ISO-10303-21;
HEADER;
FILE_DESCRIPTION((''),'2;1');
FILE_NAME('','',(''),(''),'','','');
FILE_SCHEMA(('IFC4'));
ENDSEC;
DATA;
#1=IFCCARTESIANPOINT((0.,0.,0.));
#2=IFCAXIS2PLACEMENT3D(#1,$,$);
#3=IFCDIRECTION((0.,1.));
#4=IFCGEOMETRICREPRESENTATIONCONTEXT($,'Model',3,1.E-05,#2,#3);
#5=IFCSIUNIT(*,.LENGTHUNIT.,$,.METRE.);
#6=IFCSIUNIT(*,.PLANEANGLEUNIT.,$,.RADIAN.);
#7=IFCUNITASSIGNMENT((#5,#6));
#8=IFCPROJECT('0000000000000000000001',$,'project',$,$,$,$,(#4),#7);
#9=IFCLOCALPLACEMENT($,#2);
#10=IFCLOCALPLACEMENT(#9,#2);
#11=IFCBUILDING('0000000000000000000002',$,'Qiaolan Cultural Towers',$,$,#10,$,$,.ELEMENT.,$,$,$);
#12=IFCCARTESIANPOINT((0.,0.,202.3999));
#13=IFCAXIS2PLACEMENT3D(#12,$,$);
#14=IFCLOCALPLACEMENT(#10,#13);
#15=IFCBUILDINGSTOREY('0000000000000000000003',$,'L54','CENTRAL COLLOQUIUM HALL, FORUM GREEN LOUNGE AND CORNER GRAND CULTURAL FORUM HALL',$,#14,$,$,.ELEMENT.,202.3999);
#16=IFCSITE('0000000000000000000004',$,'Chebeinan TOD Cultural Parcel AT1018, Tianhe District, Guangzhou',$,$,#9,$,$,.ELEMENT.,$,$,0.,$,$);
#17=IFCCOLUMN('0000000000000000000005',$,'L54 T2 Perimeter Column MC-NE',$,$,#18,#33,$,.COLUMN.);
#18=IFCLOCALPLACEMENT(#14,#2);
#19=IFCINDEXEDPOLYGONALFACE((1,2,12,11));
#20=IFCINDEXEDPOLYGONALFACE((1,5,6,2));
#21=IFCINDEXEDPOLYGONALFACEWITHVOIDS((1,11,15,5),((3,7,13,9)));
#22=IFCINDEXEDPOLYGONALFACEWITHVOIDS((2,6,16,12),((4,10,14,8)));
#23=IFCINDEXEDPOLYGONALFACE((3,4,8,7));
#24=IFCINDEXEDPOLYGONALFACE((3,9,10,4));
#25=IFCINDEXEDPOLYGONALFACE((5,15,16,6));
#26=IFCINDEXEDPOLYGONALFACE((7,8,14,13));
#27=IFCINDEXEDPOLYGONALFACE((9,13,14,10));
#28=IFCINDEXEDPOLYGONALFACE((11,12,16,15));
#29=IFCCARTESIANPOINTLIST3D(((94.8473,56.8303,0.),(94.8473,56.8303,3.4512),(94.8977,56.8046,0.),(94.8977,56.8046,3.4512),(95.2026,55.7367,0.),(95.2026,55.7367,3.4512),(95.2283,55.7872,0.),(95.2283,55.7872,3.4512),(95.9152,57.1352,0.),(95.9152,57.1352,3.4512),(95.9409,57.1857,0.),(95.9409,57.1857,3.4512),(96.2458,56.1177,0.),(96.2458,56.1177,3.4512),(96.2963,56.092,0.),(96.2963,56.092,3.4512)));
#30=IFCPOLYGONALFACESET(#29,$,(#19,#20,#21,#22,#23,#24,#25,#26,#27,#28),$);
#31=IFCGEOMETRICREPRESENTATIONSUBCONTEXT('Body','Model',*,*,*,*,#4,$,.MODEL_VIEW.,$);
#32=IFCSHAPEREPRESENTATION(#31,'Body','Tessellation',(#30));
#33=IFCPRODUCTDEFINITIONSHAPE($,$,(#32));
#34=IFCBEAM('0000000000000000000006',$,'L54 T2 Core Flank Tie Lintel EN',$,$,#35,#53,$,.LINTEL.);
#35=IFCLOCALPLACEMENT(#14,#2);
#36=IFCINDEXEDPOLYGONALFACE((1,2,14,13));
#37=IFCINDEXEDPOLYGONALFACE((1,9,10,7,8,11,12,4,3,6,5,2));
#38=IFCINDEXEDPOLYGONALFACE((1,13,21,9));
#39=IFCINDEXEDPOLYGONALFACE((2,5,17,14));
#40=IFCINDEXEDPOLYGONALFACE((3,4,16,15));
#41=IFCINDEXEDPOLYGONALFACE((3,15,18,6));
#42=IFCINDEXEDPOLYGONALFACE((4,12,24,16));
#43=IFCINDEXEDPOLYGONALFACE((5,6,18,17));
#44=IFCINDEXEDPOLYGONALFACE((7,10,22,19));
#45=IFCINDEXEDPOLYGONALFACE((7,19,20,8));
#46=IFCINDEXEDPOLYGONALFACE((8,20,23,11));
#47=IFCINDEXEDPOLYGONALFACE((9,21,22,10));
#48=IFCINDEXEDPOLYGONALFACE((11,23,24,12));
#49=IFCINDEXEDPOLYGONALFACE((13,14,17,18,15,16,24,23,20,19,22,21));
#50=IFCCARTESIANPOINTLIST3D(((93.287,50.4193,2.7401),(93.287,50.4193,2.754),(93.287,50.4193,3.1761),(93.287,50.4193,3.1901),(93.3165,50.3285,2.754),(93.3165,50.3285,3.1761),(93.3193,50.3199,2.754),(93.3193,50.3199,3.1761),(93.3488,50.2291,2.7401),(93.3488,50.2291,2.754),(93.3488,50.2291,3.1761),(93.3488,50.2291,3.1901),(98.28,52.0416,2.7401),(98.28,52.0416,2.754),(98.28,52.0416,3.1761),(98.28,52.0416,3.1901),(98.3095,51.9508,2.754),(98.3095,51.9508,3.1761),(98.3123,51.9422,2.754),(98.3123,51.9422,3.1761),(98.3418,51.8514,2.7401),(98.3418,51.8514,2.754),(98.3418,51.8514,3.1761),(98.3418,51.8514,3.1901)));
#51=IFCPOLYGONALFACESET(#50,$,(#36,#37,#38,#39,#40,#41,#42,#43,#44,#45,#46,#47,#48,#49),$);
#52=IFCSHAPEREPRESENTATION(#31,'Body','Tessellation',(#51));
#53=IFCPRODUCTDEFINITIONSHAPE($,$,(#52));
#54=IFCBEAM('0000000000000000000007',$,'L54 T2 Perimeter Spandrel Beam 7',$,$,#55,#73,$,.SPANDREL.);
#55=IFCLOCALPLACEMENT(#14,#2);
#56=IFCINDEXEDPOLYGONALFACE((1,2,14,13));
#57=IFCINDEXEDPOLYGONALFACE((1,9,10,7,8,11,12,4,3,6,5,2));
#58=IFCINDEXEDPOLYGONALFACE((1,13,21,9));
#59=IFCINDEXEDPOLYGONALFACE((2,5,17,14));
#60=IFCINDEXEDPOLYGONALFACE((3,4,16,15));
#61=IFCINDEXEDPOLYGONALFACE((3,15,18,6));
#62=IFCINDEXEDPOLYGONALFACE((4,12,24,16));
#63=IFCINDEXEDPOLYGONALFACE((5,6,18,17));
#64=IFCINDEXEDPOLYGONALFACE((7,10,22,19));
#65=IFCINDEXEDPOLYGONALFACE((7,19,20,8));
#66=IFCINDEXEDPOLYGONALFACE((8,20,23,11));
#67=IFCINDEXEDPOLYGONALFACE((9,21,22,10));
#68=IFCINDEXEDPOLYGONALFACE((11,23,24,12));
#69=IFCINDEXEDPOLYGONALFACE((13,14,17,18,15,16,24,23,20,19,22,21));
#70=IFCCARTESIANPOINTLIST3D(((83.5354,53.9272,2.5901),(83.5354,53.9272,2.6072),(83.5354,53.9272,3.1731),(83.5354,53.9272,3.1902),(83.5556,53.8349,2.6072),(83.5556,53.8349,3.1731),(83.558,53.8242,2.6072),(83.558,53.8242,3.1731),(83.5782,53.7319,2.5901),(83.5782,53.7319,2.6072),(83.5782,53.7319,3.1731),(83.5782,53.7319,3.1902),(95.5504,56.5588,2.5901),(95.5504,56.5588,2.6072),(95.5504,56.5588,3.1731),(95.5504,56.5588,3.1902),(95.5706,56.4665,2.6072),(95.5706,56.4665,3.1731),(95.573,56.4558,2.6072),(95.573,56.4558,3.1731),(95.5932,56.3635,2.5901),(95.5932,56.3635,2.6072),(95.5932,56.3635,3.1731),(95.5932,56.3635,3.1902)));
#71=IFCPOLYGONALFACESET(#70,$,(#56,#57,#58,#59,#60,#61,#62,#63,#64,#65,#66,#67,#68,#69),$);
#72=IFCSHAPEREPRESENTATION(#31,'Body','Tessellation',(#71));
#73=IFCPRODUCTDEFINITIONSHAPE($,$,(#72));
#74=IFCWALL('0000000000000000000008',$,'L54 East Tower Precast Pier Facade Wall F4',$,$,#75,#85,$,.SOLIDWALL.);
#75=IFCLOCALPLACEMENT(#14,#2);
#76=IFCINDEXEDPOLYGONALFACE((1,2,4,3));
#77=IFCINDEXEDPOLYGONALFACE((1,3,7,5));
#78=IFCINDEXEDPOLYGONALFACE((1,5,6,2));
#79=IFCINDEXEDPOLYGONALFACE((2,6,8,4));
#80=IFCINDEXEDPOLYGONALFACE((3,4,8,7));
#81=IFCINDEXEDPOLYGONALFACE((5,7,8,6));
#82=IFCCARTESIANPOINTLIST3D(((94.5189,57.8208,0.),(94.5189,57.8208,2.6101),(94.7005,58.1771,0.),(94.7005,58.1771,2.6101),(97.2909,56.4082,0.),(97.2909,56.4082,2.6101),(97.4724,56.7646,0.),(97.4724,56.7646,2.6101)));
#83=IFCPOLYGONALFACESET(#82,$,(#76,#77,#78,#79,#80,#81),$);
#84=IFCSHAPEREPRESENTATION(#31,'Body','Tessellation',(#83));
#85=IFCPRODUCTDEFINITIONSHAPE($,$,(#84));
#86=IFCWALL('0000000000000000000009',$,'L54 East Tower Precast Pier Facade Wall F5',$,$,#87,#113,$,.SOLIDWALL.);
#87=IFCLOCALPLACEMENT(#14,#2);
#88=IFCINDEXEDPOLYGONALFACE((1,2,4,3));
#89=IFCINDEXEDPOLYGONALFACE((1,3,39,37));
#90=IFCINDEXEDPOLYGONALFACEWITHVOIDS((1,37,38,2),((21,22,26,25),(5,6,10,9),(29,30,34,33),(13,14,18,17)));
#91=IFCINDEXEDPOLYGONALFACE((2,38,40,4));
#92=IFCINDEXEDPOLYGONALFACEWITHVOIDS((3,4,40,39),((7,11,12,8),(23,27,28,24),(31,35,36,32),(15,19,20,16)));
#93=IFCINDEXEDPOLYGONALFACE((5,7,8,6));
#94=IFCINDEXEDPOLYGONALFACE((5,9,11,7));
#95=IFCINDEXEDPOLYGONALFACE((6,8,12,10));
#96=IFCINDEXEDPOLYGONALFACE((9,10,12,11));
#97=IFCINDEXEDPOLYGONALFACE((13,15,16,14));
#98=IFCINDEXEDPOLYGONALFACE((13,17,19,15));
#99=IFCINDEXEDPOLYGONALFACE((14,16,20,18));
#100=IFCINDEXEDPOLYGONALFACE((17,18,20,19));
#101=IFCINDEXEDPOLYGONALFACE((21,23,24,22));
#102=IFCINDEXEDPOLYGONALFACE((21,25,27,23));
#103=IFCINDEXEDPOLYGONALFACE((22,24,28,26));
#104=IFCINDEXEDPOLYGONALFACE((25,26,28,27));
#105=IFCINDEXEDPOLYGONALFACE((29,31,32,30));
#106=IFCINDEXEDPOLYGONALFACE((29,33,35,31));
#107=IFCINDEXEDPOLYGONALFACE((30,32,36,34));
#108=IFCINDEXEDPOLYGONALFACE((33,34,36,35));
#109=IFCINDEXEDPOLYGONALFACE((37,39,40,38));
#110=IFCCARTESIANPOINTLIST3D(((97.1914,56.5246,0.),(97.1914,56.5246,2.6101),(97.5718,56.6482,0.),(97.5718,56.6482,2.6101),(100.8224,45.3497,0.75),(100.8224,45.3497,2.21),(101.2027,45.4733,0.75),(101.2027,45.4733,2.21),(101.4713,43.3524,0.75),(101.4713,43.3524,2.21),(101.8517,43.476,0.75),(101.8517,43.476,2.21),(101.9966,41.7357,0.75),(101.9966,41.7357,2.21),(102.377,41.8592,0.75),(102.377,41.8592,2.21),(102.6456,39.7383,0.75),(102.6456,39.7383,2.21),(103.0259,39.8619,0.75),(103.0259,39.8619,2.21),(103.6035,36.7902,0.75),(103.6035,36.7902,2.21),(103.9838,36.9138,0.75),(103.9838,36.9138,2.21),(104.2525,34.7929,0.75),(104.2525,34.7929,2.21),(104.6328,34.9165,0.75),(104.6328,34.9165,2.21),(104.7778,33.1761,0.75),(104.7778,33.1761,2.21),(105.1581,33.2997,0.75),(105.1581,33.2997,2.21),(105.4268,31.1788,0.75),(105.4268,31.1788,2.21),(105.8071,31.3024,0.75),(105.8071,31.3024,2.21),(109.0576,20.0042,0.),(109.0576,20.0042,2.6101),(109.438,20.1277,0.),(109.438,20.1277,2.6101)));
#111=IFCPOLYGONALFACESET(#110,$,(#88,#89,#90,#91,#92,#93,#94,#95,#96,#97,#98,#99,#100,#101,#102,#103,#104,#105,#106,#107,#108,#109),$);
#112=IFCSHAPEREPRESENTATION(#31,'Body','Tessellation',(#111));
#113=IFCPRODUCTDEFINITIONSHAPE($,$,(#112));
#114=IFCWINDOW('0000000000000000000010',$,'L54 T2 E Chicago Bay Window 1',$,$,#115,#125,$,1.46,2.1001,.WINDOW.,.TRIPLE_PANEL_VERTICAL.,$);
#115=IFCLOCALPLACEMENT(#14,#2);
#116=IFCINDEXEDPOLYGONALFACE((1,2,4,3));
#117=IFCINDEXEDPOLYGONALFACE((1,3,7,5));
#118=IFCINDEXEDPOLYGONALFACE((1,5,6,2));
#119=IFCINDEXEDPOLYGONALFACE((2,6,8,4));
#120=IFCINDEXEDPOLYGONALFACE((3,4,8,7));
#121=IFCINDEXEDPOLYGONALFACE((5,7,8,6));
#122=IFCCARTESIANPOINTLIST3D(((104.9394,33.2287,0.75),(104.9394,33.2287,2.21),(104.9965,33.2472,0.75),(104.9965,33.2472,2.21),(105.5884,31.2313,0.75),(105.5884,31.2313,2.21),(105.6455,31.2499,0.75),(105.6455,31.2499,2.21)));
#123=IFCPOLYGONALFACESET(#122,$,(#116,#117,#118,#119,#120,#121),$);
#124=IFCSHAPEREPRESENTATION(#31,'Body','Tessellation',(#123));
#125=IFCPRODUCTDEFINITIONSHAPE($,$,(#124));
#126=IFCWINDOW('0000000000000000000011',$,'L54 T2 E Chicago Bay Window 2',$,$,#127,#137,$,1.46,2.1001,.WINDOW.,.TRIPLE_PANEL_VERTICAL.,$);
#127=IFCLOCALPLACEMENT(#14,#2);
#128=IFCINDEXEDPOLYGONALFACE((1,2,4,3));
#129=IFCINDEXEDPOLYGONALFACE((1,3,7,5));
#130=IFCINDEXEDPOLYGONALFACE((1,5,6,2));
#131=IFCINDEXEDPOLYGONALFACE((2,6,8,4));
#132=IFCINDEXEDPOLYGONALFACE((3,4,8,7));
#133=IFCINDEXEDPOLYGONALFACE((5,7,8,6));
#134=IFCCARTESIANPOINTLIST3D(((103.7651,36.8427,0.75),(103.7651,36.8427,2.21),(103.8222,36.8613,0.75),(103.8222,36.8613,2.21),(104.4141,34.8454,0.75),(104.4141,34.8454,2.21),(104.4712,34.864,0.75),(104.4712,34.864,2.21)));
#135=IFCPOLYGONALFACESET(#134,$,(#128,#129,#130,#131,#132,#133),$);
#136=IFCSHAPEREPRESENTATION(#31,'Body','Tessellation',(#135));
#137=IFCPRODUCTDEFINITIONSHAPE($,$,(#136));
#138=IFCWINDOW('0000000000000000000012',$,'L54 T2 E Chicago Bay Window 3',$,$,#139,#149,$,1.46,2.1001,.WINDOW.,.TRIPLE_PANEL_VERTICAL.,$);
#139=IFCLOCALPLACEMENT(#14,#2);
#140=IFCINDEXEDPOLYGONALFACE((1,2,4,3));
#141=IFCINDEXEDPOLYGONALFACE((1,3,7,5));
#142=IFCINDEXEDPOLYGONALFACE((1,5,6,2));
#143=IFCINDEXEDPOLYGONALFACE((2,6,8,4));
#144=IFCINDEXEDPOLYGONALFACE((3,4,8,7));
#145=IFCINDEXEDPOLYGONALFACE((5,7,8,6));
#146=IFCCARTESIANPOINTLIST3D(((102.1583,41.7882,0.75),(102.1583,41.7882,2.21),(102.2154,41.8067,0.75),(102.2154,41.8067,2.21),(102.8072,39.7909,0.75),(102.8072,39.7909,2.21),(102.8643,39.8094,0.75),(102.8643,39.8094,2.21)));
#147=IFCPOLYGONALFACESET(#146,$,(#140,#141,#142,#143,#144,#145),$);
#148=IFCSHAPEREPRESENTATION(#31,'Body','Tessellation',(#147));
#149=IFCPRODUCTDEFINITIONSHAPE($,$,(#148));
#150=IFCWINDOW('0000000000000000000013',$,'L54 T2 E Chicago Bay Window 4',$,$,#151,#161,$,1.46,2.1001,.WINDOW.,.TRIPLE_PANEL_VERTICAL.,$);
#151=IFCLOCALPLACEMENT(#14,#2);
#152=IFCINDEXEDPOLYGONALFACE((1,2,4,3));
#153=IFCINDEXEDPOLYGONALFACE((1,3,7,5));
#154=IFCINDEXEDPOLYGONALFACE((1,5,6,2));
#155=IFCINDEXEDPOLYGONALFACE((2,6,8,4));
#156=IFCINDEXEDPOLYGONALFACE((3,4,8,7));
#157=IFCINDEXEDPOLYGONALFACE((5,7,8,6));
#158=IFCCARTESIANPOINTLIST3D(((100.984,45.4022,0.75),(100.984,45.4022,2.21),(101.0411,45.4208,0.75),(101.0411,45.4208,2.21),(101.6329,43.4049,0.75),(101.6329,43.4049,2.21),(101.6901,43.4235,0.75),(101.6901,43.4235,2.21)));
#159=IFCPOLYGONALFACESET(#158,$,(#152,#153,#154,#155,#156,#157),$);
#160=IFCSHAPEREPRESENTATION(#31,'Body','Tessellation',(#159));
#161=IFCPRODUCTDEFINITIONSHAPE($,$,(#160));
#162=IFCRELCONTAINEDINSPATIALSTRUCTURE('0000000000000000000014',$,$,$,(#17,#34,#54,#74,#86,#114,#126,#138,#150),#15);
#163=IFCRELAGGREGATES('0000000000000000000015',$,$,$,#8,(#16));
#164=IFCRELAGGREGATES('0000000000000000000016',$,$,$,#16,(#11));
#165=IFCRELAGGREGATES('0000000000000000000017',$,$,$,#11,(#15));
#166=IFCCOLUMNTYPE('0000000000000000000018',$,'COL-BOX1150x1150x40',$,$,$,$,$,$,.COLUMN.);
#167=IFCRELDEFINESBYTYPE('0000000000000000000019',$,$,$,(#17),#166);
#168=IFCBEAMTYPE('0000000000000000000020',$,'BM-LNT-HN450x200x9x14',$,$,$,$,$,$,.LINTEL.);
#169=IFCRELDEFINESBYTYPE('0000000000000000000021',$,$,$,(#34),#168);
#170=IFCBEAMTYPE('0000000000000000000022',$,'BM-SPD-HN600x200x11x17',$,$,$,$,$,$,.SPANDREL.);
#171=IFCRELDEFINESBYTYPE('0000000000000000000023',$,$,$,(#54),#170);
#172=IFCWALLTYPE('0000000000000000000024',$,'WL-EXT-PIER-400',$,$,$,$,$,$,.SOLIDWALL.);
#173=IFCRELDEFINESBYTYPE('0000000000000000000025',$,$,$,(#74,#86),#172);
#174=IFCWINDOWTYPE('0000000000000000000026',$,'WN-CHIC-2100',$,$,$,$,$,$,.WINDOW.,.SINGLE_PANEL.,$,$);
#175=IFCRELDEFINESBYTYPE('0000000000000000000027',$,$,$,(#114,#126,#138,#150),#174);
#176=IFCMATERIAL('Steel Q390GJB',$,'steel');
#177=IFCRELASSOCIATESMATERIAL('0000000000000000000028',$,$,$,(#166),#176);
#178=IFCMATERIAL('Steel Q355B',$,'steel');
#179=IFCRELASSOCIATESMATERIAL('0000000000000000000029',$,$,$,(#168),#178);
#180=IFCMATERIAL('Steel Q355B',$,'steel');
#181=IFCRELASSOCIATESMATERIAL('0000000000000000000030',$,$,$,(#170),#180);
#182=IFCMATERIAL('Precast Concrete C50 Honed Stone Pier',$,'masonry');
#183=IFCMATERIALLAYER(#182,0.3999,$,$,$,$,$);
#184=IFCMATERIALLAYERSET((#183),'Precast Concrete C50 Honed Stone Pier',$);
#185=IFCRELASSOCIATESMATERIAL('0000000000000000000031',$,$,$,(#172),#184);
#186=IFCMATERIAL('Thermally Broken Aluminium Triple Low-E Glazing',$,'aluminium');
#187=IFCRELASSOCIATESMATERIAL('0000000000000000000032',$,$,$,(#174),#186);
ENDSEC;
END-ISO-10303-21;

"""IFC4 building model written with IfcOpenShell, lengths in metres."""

from ifc_helpers import new_model, si_unit, direction, frame, frame_2d, origin, origin_2d, place, context, subcontext, project, spatial, rectangle, hollow_rectangle, i_section, extrude, material, layer, layer_set, material_profile, profile_set, type_object, element, fill, save


model = new_model("IFC4")

# Units and contexts
model_context = context("Model", 3, precision=1e-05, world=origin(), true_north=direction((0.0, 1.0)))
body_context = subcontext(model_context, "Body", "Model", "MODEL_VIEW")
ifc_project = project(units=[si_unit("LENGTHUNIT", "METRE"), si_unit("PLANEANGLEUNIT", "RADIAN")], contexts=[model_context])

# Site, building, storey
site_placement = place(None, origin())
site = spatial("IfcSite", under=ifc_project, at=site_placement, Name="Chebeinan TOD Cultural Parcel AT1018, Tianhe District, Guangzhou", CompositionType="ELEMENT", RefElevation=0.0)
building_placement = place(site_placement, origin())
building = spatial("IfcBuilding", under=site, at=building_placement, Name="Qiaolan Cultural Towers", CompositionType="ELEMENT")
storey_placement = place(building_placement, frame((0.0, 0.0, 202.3999)))
storey = spatial("IfcBuildingStorey", under=building, at=storey_placement, Name="L54", Description="CENTRAL COLLOQUIUM HALL, FORUM GREEN LOUNGE AND CORNER GRAND CULTURAL FORUM HALL", CompositionType="ELEMENT", Elevation=202.3999)

# Column
ifc_material_1 = material(Name="Steel Q390GJB", Category="steel")
ifc_material_profile_1 = material_profile(ifc_material_1, hollow_rectangle(XDim=1.1499, YDim=1.1499, WallThickness=0.04, at=origin_2d()), Name="BOX1150x1150x40")
ifc_profile_set_1 = profile_set([ifc_material_profile_1], Name="Steel Q390GJB")
column_type = type_object("IfcColumnType", Name="COL-BOX1150x1150x40", PredefinedType="COLUMN", material=ifc_profile_set_1)
column_placement = place(storey_placement, frame((95.5718, 56.4612, 0.0), z_axis=(0.0, 0.0, 1.0), x_axis=(0.951057, 0.309017, 0.0)))
element("IfcColumn", 1, at=column_placement, inside=storey, type_object=column_type, Name="L54 T2 Perimeter Column MC-NE", PredefinedType="COLUMN", context=body_context, shape_type="SweptSolid", body=[
    extrude(hollow_rectangle(XDim=1.1499, YDim=1.1499, WallThickness=0.04, at=origin_2d()), origin(), (0.0, 0.0, 1.0), 3.4512),
])

# Beams
ifc_material_2 = material(Name="Steel Q355B", Category="steel")
ifc_material_profile_2 = material_profile(ifc_material_2, i_section(OverallWidth=0.2, OverallDepth=0.45, WebThickness=0.009, FlangeThickness=0.0139, at=origin_2d()), Name="HN450x200x9x14")
ifc_profile_set_2 = profile_set([ifc_material_profile_2], Name="Steel Q355B")
beam_type_1 = type_object("IfcBeamType", Name="BM-LNT-HN450x200x9x14", PredefinedType="LINTEL", material=ifc_profile_set_2)
beam_1_placement = place(storey_placement, frame((93.3179, 50.3242, 2.9651), z_axis=(0.95106, 0.309006, 0.0), x_axis=(-0.309006, 0.95106, 0.0)))
element("IfcBeam", 2, at=beam_1_placement, inside=storey, type_object=beam_type_1, Name="L54 T2 Core Flank Tie Lintel EN", PredefinedType="LINTEL", context=body_context, shape_type="SweptSolid", body=[
    extrude(i_section(OverallWidth=0.2, OverallDepth=0.45, WebThickness=0.009, FlangeThickness=0.0139, at=origin_2d()), origin(), (0.0, 0.0, 1.0), 5.25),
])
ifc_material_3 = material(Name="Steel Q355B", Category="steel")
ifc_material_profile_3 = material_profile(ifc_material_3, i_section(OverallWidth=0.2, OverallDepth=0.6001, WebThickness=0.011, FlangeThickness=0.0171, at=origin_2d()), Name="HN600x200x11x17")
ifc_profile_set_3 = profile_set([ifc_material_profile_3], Name="Steel Q355B")
beam_type_2 = type_object("IfcBeamType", Name="BM-SPD-HN600x200x11x17", PredefinedType="SPANDREL", material=ifc_profile_set_3)
beam_2_placement = place(storey_placement, frame((95.5718, 56.4612, 2.8901), z_axis=(-0.976843, -0.213956, 0.0), x_axis=(0.213956, -0.976843, 0.0)))
element("IfcBeam", 3, at=beam_2_placement, inside=storey, type_object=beam_type_2, Name="L54 T2 Perimeter Spandrel Beam 7", PredefinedType="SPANDREL", context=body_context, shape_type="SweptSolid", body=[
    extrude(i_section(OverallWidth=0.2, OverallDepth=0.6001, WebThickness=0.011, FlangeThickness=0.0171, at=origin_2d()), origin(), (0.0, 0.0, 1.0), 12.2998),
])

# Wall
ifc_material_4 = material(Name="Precast Concrete C50 Honed Stone Pier", Category="masonry")
ifc_layer_1 = layer(ifc_material_4, 0.3999)
ifc_layer_set_1 = layer_set([ifc_layer_1], Name="Precast Concrete C50 Honed Stone Pier")
wall_type_1 = type_object("IfcWallType", Name="WL-EXT-PIER-400", PredefinedType="SOLIDWALL", material=ifc_layer_set_1)
wall_1_placement = place(storey_placement, frame((94.6096, 57.999, 0.0), z_axis=(0.0, 0.0, 1.0), x_axis=(0.89098, -0.454043, 0.0)))
element("IfcWall", 4, at=wall_1_placement, inside=storey, type_object=wall_type_1, Name="L54 East Tower Precast Pier Facade Wall F4", PredefinedType="SOLIDWALL", context=body_context, shape_type="SweptSolid", body=[
    extrude(rectangle(XDim=3.1111, YDim=0.3999, at=frame_2d((1.5557, 0.0))), origin(), (0.0, 0.0, 1.0), 2.6101),
])

# Wall, openings, windows
wall_2_placement = place(storey_placement, frame((97.3816, 56.5864, 0.0), z_axis=(0.0, 0.0, 1.0), x_axis=(0.309016, -0.951057, 0.0)))
wall_2 = element("IfcWall", 5, at=wall_2_placement, inside=storey, type_object=wall_type_1, Name="L54 East Tower Precast Pier Facade Wall F5", PredefinedType="SOLIDWALL", context=body_context, shape_type="SweptSolid", body=[
    extrude(rectangle(XDim=38.3999, YDim=0.3999, at=frame_2d((19.2, 0.0))), origin(), (0.0, 0.0, 1.0), 2.6101),
])
opening_1_placement = place(wall_2_placement, frame((24.55, 0.0, 0.75)))
opening_1 = element("IfcOpeningElement", 6, at=opening_1_placement, cuts=wall_2, PredefinedType="OPENING", context=body_context, shape_type="SweptSolid", body=[
    extrude(rectangle(XDim=2.1001, YDim=1.46, at=frame_2d((1.05, 0.73))), frame((0.0, 0.21, 0.0), z_axis=(0.0, -1.0, 0.0), x_axis=(1.0, 0.0, 0.0)), (0.0, 0.0, 1.0), 0.4199),
])
opening_2_placement = place(wall_2_placement, frame((20.75, 0.0, 0.75)))
opening_2 = element("IfcOpeningElement", 7, at=opening_2_placement, cuts=wall_2, PredefinedType="OPENING", context=body_context, shape_type="SweptSolid", body=[
    extrude(rectangle(XDim=2.1001, YDim=1.46, at=frame_2d((1.05, 0.73))), frame((0.0, 0.21, 0.0), z_axis=(0.0, -1.0, 0.0), x_axis=(1.0, 0.0, 0.0)), (0.0, 0.0, 1.0), 0.4199),
])
opening_3_placement = place(wall_2_placement, frame((15.55, 0.0, 0.75)))
opening_3 = element("IfcOpeningElement", 8, at=opening_3_placement, cuts=wall_2, PredefinedType="OPENING", context=body_context, shape_type="SweptSolid", body=[
    extrude(rectangle(XDim=2.1001, YDim=1.46, at=frame_2d((1.05, 0.73))), frame((0.0, 0.21, 0.0), z_axis=(0.0, -1.0, 0.0), x_axis=(1.0, 0.0, 0.0)), (0.0, 0.0, 1.0), 0.4199),
])
opening_4_placement = place(wall_2_placement, frame((11.75, 0.0, 0.75)))
opening_4 = element("IfcOpeningElement", 9, at=opening_4_placement, cuts=wall_2, PredefinedType="OPENING", context=body_context, shape_type="SweptSolid", body=[
    extrude(rectangle(XDim=2.1001, YDim=1.46, at=frame_2d((1.05, 0.73))), frame((0.0, 0.21, 0.0), z_axis=(0.0, -1.0, 0.0), x_axis=(1.0, 0.0, 0.0)), (0.0, 0.0, 1.0), 0.4199),
])
ifc_material_5 = material(Name="Thermally Broken Aluminium Triple Low-E Glazing", Category="aluminium")
window_type = type_object("IfcWindowType", Name="WN-CHIC-2100", PartitioningType="SINGLE_PANEL", PredefinedType="WINDOW", material=ifc_material_5)
window_1_placement = place(opening_1_placement, origin())
window_1 = element("IfcWindow", 10, at=window_1_placement, inside=storey, type_object=window_type, Name="L54 T2 E Chicago Bay Window 1", OverallHeight=1.46, OverallWidth=2.1001, PartitioningType="TRIPLE_PANEL_VERTICAL", PredefinedType="WINDOW", context=body_context, shape_type="SweptSolid", body=[
    extrude(rectangle(XDim=2.1001, YDim=1.46, at=frame_2d((1.05, 0.73))), frame((0.0, 0.03, 0.0), z_axis=(0.0, -1.0, 0.0), x_axis=(1.0, 0.0, 0.0)), (0.0, 0.0, 1.0), 0.0601),
])
fill(opening_1, window_1)
window_2_placement = place(opening_2_placement, origin())
window_2 = element("IfcWindow", 11, at=window_2_placement, inside=storey, type_object=window_type, Name="L54 T2 E Chicago Bay Window 2", OverallHeight=1.46, OverallWidth=2.1001, PartitioningType="TRIPLE_PANEL_VERTICAL", PredefinedType="WINDOW", context=body_context, shape_type="SweptSolid", body=[
    extrude(rectangle(XDim=2.1001, YDim=1.46, at=frame_2d((1.05, 0.73))), frame((0.0, 0.03, 0.0), z_axis=(0.0, -1.0, 0.0), x_axis=(1.0, 0.0, 0.0)), (0.0, 0.0, 1.0), 0.0601),
])
fill(opening_2, window_2)
window_3_placement = place(opening_3_placement, origin())
window_3 = element("IfcWindow", 12, at=window_3_placement, inside=storey, type_object=window_type, Name="L54 T2 E Chicago Bay Window 3", OverallHeight=1.46, OverallWidth=2.1001, PartitioningType="TRIPLE_PANEL_VERTICAL", PredefinedType="WINDOW", context=body_context, shape_type="SweptSolid", body=[
    extrude(rectangle(XDim=2.1001, YDim=1.46, at=frame_2d((1.05, 0.73))), frame((0.0, 0.03, 0.0), z_axis=(0.0, -1.0, 0.0), x_axis=(1.0, 0.0, 0.0)), (0.0, 0.0, 1.0), 0.0601),
])
fill(opening_3, window_3)
window_4_placement = place(opening_4_placement, origin())
window_4 = element("IfcWindow", 13, at=window_4_placement, inside=storey, type_object=window_type, Name="L54 T2 E Chicago Bay Window 4", OverallHeight=1.46, OverallWidth=2.1001, PartitioningType="TRIPLE_PANEL_VERTICAL", PredefinedType="WINDOW", context=body_context, shape_type="SweptSolid", body=[
    extrude(rectangle(XDim=2.1001, YDim=1.46, at=frame_2d((1.05, 0.73))), frame((0.0, 0.03, 0.0), z_axis=(0.0, -1.0, 0.0), x_axis=(1.0, 0.0, 0.0)), (0.0, 0.0, 1.0), 0.0601),
])
fill(opening_4, window_4)

save(model, "model.ifc")
